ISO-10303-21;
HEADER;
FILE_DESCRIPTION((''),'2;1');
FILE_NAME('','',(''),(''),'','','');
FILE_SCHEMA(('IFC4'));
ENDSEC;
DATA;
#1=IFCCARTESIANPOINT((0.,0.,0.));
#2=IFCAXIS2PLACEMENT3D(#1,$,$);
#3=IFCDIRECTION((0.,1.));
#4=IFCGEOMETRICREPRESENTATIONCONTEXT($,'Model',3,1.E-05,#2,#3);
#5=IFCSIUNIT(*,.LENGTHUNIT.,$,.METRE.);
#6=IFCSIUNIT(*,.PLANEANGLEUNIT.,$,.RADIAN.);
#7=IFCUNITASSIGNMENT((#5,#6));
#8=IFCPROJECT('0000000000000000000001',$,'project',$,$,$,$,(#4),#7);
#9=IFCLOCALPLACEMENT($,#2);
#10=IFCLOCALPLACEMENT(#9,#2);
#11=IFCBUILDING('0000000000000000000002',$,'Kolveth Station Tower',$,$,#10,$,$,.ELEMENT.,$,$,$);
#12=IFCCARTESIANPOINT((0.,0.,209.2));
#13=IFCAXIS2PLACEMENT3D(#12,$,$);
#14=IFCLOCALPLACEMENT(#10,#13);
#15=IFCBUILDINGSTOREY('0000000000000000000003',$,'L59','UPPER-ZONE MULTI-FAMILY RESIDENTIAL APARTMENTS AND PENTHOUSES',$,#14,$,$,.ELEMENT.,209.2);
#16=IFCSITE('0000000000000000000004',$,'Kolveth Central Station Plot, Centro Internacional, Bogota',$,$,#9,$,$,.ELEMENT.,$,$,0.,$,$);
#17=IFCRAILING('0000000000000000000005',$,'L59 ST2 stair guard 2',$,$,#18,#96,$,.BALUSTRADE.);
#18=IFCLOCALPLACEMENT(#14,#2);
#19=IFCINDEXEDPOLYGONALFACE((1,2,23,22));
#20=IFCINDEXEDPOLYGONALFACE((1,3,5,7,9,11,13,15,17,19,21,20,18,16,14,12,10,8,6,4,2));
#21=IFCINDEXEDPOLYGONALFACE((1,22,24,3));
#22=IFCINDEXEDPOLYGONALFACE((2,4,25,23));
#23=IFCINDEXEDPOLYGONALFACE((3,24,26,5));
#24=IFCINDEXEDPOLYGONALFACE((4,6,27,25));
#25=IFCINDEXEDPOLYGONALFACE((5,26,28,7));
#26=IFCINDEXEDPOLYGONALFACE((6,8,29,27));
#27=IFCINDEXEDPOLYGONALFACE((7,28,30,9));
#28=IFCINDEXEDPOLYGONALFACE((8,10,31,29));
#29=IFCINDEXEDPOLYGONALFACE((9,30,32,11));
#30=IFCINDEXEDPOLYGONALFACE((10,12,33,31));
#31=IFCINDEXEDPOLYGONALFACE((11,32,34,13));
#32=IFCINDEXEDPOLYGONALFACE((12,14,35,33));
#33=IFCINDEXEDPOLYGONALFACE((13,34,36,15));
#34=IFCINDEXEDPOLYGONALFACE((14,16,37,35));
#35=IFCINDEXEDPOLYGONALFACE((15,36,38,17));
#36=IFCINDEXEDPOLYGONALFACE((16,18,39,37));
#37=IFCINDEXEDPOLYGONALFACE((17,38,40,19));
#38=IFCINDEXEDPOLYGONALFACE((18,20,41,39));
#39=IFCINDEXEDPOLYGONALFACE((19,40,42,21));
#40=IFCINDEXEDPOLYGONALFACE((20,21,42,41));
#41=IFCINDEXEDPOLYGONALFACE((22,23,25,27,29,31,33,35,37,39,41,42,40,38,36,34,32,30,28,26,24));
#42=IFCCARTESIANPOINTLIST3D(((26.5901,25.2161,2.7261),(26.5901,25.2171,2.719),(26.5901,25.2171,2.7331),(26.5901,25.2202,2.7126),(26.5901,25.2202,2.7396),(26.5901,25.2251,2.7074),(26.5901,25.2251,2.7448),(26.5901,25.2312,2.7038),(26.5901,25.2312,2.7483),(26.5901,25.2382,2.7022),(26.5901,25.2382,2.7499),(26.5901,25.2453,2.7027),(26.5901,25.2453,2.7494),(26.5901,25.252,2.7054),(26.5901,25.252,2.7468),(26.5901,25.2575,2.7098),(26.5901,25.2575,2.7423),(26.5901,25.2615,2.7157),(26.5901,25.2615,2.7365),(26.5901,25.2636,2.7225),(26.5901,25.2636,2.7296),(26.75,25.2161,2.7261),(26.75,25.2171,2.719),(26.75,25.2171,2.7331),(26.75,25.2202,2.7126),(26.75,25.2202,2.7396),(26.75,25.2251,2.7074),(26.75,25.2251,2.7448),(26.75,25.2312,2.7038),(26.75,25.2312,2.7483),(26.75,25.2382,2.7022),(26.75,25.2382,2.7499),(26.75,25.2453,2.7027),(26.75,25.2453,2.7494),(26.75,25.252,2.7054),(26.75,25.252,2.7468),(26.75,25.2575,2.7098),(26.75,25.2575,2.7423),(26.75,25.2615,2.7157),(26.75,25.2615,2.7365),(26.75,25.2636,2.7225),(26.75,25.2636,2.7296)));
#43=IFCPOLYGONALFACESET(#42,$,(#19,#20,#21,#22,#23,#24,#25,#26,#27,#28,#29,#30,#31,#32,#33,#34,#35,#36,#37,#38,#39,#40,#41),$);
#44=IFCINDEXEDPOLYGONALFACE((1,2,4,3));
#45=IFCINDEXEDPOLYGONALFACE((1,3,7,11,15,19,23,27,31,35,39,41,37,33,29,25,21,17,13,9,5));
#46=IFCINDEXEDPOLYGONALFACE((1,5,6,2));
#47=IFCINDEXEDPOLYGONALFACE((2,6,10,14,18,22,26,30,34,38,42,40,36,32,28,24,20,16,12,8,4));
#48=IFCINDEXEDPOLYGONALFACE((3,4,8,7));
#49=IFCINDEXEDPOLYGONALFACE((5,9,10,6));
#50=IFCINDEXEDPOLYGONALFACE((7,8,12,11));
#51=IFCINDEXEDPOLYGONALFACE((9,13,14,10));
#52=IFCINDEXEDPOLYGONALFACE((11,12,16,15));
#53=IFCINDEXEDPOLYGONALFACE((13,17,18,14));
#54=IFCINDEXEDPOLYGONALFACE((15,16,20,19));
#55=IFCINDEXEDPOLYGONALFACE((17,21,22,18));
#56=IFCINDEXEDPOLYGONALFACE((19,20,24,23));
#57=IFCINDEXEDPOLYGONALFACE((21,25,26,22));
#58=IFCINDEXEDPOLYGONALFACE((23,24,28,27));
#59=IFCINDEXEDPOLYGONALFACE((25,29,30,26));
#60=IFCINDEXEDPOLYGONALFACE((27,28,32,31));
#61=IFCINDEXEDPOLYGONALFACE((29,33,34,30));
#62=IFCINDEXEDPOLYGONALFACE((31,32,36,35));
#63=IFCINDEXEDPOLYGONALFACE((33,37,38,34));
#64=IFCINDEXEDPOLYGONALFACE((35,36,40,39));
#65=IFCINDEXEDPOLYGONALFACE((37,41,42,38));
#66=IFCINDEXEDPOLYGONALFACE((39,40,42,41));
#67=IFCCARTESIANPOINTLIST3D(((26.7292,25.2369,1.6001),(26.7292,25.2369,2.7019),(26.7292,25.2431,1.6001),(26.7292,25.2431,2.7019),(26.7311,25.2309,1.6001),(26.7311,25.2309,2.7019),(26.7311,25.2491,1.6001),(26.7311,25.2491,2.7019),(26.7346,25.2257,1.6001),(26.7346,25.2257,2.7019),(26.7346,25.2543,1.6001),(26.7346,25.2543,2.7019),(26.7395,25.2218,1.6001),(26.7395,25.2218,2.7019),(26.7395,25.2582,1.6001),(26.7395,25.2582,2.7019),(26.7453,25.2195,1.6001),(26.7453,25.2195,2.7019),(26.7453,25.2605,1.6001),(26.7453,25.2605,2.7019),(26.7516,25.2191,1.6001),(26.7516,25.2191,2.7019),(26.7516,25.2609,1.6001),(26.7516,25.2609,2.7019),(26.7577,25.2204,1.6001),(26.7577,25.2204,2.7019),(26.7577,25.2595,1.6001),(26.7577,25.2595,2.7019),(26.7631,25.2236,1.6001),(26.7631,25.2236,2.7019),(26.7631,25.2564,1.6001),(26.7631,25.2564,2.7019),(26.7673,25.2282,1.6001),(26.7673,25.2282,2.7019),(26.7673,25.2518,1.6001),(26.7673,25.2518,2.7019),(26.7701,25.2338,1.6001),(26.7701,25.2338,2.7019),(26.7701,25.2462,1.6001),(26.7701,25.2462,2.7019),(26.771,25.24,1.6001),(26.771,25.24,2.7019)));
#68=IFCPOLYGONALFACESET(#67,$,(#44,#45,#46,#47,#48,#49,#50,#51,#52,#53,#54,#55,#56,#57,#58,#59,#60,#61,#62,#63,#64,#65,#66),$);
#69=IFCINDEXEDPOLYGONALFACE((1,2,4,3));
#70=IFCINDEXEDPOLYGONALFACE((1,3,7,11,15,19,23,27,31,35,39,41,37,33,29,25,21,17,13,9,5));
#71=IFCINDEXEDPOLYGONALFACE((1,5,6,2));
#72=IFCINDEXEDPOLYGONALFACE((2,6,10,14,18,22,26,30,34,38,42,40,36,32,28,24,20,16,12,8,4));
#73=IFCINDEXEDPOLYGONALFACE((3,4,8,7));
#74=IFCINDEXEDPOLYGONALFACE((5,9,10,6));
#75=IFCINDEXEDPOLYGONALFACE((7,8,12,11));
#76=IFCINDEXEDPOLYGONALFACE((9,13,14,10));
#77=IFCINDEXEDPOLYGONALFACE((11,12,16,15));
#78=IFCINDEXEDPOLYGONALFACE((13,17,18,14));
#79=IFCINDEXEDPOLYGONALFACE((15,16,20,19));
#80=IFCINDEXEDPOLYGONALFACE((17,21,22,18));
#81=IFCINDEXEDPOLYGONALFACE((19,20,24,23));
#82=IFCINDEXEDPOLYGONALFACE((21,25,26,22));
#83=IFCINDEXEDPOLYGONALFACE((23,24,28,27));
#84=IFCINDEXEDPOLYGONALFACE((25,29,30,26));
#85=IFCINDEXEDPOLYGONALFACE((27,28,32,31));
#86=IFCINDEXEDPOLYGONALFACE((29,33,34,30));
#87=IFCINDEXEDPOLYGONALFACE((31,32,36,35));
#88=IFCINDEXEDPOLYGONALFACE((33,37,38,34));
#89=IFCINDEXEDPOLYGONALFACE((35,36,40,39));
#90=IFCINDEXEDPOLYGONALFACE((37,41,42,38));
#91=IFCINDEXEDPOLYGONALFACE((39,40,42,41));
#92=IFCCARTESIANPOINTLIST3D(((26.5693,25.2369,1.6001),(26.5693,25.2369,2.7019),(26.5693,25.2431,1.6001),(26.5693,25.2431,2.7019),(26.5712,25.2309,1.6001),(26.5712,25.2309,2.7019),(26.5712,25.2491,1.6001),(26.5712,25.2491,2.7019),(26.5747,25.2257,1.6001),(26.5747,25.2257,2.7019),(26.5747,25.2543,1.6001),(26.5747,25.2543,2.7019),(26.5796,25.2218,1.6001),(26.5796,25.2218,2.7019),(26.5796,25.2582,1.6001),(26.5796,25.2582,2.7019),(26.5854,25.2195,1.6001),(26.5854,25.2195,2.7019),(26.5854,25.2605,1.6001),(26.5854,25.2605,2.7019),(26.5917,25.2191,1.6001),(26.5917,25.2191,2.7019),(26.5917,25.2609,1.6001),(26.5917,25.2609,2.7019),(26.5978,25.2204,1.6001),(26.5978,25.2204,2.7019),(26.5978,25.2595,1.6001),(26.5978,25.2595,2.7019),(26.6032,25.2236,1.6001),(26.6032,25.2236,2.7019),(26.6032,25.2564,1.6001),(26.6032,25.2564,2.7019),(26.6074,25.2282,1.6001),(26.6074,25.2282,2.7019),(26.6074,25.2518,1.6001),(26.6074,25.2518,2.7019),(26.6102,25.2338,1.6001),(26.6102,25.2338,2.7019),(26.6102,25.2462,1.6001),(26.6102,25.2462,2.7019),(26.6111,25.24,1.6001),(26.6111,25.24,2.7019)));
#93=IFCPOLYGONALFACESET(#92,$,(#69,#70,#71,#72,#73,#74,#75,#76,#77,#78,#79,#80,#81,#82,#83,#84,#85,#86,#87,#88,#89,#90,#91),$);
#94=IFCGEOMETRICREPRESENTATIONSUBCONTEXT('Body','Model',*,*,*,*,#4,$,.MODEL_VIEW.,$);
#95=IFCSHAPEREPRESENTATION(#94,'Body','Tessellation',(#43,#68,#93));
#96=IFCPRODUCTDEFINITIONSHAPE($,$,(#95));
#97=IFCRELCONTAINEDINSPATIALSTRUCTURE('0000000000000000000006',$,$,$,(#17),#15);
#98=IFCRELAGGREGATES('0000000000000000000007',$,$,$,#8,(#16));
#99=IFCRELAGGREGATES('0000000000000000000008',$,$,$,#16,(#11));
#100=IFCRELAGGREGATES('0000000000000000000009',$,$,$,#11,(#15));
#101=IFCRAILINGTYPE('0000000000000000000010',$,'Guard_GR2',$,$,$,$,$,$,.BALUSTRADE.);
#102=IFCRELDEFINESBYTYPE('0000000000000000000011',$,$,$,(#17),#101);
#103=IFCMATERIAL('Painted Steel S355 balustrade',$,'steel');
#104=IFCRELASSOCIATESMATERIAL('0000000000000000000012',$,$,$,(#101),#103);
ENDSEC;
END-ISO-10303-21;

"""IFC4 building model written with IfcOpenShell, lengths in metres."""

from ifc_helpers import new_model, si_unit, direction, frame, origin, origin_2d, place, context, subcontext, project, spatial, circle, extrude, material, type_object, element, save


model = new_model("IFC4")

# Units and contexts
model_context = context("Model", 3, precision=1e-05, world=origin(), true_north=direction((0.0, 1.0)))
body_context = subcontext(model_context, "Body", "Model", "MODEL_VIEW")
ifc_project = project(units=[si_unit("LENGTHUNIT", "METRE"), si_unit("PLANEANGLEUNIT", "RADIAN")], contexts=[model_context])

# Site, building, storey
site_placement = place(None, origin())
site = spatial("IfcSite", under=ifc_project, at=site_placement, Name="Kolveth Central Station Plot, Centro Internacional, Bogota", CompositionType="ELEMENT", RefElevation=0.0)
building_placement = place(site_placement, origin())
building = spatial("IfcBuilding", under=site, at=building_placement, Name="Kolveth Station Tower", CompositionType="ELEMENT")
storey_placement = place(building_placement, frame((0.0, 0.0, 209.2)))
storey = spatial("IfcBuildingStorey", under=building, at=storey_placement, Name="L59", Description="UPPER-ZONE MULTI-FAMILY RESIDENTIAL APARTMENTS AND PENTHOUSES", CompositionType="ELEMENT", Elevation=209.2)

# Railing
ifc_material_1 = material(Name="Painted Steel S355 balustrade", Category="steel")
railing_type_1 = type_object("IfcRailingType", Name="Guard_GR2", PredefinedType="BALUSTRADE", material=ifc_material_1)
railing_1_placement = place(storey_placement, frame((26.75, 25.24, 1.6001)))
element("IfcRailing", 1, at=railing_1_placement, inside=storey, type_object=railing_type_1, Name="L59 ST2 stair guard 2", PredefinedType="BALUSTRADE", context=body_context, shape_type="SweptSolid", body=[
    extrude(circle(Radius=0.0239, at=origin_2d()), frame((0.0, 0.0, 1.126), z_axis=(-1.0, 0.0, 0.0), x_axis=(0.0, -1.0, 0.0)), (0.0, 0.0, 1.0), 0.1599),
    extrude(circle(Radius=0.021, at=origin_2d()), origin(), (0.0, 0.0, 1.0), 1.1018),
    extrude(circle(Radius=0.021, at=origin_2d()), frame((-0.1599, 0.0, 0.0)), (0.0, 0.0, 1.0), 1.1018),
])

save(model, "model.ifc")
